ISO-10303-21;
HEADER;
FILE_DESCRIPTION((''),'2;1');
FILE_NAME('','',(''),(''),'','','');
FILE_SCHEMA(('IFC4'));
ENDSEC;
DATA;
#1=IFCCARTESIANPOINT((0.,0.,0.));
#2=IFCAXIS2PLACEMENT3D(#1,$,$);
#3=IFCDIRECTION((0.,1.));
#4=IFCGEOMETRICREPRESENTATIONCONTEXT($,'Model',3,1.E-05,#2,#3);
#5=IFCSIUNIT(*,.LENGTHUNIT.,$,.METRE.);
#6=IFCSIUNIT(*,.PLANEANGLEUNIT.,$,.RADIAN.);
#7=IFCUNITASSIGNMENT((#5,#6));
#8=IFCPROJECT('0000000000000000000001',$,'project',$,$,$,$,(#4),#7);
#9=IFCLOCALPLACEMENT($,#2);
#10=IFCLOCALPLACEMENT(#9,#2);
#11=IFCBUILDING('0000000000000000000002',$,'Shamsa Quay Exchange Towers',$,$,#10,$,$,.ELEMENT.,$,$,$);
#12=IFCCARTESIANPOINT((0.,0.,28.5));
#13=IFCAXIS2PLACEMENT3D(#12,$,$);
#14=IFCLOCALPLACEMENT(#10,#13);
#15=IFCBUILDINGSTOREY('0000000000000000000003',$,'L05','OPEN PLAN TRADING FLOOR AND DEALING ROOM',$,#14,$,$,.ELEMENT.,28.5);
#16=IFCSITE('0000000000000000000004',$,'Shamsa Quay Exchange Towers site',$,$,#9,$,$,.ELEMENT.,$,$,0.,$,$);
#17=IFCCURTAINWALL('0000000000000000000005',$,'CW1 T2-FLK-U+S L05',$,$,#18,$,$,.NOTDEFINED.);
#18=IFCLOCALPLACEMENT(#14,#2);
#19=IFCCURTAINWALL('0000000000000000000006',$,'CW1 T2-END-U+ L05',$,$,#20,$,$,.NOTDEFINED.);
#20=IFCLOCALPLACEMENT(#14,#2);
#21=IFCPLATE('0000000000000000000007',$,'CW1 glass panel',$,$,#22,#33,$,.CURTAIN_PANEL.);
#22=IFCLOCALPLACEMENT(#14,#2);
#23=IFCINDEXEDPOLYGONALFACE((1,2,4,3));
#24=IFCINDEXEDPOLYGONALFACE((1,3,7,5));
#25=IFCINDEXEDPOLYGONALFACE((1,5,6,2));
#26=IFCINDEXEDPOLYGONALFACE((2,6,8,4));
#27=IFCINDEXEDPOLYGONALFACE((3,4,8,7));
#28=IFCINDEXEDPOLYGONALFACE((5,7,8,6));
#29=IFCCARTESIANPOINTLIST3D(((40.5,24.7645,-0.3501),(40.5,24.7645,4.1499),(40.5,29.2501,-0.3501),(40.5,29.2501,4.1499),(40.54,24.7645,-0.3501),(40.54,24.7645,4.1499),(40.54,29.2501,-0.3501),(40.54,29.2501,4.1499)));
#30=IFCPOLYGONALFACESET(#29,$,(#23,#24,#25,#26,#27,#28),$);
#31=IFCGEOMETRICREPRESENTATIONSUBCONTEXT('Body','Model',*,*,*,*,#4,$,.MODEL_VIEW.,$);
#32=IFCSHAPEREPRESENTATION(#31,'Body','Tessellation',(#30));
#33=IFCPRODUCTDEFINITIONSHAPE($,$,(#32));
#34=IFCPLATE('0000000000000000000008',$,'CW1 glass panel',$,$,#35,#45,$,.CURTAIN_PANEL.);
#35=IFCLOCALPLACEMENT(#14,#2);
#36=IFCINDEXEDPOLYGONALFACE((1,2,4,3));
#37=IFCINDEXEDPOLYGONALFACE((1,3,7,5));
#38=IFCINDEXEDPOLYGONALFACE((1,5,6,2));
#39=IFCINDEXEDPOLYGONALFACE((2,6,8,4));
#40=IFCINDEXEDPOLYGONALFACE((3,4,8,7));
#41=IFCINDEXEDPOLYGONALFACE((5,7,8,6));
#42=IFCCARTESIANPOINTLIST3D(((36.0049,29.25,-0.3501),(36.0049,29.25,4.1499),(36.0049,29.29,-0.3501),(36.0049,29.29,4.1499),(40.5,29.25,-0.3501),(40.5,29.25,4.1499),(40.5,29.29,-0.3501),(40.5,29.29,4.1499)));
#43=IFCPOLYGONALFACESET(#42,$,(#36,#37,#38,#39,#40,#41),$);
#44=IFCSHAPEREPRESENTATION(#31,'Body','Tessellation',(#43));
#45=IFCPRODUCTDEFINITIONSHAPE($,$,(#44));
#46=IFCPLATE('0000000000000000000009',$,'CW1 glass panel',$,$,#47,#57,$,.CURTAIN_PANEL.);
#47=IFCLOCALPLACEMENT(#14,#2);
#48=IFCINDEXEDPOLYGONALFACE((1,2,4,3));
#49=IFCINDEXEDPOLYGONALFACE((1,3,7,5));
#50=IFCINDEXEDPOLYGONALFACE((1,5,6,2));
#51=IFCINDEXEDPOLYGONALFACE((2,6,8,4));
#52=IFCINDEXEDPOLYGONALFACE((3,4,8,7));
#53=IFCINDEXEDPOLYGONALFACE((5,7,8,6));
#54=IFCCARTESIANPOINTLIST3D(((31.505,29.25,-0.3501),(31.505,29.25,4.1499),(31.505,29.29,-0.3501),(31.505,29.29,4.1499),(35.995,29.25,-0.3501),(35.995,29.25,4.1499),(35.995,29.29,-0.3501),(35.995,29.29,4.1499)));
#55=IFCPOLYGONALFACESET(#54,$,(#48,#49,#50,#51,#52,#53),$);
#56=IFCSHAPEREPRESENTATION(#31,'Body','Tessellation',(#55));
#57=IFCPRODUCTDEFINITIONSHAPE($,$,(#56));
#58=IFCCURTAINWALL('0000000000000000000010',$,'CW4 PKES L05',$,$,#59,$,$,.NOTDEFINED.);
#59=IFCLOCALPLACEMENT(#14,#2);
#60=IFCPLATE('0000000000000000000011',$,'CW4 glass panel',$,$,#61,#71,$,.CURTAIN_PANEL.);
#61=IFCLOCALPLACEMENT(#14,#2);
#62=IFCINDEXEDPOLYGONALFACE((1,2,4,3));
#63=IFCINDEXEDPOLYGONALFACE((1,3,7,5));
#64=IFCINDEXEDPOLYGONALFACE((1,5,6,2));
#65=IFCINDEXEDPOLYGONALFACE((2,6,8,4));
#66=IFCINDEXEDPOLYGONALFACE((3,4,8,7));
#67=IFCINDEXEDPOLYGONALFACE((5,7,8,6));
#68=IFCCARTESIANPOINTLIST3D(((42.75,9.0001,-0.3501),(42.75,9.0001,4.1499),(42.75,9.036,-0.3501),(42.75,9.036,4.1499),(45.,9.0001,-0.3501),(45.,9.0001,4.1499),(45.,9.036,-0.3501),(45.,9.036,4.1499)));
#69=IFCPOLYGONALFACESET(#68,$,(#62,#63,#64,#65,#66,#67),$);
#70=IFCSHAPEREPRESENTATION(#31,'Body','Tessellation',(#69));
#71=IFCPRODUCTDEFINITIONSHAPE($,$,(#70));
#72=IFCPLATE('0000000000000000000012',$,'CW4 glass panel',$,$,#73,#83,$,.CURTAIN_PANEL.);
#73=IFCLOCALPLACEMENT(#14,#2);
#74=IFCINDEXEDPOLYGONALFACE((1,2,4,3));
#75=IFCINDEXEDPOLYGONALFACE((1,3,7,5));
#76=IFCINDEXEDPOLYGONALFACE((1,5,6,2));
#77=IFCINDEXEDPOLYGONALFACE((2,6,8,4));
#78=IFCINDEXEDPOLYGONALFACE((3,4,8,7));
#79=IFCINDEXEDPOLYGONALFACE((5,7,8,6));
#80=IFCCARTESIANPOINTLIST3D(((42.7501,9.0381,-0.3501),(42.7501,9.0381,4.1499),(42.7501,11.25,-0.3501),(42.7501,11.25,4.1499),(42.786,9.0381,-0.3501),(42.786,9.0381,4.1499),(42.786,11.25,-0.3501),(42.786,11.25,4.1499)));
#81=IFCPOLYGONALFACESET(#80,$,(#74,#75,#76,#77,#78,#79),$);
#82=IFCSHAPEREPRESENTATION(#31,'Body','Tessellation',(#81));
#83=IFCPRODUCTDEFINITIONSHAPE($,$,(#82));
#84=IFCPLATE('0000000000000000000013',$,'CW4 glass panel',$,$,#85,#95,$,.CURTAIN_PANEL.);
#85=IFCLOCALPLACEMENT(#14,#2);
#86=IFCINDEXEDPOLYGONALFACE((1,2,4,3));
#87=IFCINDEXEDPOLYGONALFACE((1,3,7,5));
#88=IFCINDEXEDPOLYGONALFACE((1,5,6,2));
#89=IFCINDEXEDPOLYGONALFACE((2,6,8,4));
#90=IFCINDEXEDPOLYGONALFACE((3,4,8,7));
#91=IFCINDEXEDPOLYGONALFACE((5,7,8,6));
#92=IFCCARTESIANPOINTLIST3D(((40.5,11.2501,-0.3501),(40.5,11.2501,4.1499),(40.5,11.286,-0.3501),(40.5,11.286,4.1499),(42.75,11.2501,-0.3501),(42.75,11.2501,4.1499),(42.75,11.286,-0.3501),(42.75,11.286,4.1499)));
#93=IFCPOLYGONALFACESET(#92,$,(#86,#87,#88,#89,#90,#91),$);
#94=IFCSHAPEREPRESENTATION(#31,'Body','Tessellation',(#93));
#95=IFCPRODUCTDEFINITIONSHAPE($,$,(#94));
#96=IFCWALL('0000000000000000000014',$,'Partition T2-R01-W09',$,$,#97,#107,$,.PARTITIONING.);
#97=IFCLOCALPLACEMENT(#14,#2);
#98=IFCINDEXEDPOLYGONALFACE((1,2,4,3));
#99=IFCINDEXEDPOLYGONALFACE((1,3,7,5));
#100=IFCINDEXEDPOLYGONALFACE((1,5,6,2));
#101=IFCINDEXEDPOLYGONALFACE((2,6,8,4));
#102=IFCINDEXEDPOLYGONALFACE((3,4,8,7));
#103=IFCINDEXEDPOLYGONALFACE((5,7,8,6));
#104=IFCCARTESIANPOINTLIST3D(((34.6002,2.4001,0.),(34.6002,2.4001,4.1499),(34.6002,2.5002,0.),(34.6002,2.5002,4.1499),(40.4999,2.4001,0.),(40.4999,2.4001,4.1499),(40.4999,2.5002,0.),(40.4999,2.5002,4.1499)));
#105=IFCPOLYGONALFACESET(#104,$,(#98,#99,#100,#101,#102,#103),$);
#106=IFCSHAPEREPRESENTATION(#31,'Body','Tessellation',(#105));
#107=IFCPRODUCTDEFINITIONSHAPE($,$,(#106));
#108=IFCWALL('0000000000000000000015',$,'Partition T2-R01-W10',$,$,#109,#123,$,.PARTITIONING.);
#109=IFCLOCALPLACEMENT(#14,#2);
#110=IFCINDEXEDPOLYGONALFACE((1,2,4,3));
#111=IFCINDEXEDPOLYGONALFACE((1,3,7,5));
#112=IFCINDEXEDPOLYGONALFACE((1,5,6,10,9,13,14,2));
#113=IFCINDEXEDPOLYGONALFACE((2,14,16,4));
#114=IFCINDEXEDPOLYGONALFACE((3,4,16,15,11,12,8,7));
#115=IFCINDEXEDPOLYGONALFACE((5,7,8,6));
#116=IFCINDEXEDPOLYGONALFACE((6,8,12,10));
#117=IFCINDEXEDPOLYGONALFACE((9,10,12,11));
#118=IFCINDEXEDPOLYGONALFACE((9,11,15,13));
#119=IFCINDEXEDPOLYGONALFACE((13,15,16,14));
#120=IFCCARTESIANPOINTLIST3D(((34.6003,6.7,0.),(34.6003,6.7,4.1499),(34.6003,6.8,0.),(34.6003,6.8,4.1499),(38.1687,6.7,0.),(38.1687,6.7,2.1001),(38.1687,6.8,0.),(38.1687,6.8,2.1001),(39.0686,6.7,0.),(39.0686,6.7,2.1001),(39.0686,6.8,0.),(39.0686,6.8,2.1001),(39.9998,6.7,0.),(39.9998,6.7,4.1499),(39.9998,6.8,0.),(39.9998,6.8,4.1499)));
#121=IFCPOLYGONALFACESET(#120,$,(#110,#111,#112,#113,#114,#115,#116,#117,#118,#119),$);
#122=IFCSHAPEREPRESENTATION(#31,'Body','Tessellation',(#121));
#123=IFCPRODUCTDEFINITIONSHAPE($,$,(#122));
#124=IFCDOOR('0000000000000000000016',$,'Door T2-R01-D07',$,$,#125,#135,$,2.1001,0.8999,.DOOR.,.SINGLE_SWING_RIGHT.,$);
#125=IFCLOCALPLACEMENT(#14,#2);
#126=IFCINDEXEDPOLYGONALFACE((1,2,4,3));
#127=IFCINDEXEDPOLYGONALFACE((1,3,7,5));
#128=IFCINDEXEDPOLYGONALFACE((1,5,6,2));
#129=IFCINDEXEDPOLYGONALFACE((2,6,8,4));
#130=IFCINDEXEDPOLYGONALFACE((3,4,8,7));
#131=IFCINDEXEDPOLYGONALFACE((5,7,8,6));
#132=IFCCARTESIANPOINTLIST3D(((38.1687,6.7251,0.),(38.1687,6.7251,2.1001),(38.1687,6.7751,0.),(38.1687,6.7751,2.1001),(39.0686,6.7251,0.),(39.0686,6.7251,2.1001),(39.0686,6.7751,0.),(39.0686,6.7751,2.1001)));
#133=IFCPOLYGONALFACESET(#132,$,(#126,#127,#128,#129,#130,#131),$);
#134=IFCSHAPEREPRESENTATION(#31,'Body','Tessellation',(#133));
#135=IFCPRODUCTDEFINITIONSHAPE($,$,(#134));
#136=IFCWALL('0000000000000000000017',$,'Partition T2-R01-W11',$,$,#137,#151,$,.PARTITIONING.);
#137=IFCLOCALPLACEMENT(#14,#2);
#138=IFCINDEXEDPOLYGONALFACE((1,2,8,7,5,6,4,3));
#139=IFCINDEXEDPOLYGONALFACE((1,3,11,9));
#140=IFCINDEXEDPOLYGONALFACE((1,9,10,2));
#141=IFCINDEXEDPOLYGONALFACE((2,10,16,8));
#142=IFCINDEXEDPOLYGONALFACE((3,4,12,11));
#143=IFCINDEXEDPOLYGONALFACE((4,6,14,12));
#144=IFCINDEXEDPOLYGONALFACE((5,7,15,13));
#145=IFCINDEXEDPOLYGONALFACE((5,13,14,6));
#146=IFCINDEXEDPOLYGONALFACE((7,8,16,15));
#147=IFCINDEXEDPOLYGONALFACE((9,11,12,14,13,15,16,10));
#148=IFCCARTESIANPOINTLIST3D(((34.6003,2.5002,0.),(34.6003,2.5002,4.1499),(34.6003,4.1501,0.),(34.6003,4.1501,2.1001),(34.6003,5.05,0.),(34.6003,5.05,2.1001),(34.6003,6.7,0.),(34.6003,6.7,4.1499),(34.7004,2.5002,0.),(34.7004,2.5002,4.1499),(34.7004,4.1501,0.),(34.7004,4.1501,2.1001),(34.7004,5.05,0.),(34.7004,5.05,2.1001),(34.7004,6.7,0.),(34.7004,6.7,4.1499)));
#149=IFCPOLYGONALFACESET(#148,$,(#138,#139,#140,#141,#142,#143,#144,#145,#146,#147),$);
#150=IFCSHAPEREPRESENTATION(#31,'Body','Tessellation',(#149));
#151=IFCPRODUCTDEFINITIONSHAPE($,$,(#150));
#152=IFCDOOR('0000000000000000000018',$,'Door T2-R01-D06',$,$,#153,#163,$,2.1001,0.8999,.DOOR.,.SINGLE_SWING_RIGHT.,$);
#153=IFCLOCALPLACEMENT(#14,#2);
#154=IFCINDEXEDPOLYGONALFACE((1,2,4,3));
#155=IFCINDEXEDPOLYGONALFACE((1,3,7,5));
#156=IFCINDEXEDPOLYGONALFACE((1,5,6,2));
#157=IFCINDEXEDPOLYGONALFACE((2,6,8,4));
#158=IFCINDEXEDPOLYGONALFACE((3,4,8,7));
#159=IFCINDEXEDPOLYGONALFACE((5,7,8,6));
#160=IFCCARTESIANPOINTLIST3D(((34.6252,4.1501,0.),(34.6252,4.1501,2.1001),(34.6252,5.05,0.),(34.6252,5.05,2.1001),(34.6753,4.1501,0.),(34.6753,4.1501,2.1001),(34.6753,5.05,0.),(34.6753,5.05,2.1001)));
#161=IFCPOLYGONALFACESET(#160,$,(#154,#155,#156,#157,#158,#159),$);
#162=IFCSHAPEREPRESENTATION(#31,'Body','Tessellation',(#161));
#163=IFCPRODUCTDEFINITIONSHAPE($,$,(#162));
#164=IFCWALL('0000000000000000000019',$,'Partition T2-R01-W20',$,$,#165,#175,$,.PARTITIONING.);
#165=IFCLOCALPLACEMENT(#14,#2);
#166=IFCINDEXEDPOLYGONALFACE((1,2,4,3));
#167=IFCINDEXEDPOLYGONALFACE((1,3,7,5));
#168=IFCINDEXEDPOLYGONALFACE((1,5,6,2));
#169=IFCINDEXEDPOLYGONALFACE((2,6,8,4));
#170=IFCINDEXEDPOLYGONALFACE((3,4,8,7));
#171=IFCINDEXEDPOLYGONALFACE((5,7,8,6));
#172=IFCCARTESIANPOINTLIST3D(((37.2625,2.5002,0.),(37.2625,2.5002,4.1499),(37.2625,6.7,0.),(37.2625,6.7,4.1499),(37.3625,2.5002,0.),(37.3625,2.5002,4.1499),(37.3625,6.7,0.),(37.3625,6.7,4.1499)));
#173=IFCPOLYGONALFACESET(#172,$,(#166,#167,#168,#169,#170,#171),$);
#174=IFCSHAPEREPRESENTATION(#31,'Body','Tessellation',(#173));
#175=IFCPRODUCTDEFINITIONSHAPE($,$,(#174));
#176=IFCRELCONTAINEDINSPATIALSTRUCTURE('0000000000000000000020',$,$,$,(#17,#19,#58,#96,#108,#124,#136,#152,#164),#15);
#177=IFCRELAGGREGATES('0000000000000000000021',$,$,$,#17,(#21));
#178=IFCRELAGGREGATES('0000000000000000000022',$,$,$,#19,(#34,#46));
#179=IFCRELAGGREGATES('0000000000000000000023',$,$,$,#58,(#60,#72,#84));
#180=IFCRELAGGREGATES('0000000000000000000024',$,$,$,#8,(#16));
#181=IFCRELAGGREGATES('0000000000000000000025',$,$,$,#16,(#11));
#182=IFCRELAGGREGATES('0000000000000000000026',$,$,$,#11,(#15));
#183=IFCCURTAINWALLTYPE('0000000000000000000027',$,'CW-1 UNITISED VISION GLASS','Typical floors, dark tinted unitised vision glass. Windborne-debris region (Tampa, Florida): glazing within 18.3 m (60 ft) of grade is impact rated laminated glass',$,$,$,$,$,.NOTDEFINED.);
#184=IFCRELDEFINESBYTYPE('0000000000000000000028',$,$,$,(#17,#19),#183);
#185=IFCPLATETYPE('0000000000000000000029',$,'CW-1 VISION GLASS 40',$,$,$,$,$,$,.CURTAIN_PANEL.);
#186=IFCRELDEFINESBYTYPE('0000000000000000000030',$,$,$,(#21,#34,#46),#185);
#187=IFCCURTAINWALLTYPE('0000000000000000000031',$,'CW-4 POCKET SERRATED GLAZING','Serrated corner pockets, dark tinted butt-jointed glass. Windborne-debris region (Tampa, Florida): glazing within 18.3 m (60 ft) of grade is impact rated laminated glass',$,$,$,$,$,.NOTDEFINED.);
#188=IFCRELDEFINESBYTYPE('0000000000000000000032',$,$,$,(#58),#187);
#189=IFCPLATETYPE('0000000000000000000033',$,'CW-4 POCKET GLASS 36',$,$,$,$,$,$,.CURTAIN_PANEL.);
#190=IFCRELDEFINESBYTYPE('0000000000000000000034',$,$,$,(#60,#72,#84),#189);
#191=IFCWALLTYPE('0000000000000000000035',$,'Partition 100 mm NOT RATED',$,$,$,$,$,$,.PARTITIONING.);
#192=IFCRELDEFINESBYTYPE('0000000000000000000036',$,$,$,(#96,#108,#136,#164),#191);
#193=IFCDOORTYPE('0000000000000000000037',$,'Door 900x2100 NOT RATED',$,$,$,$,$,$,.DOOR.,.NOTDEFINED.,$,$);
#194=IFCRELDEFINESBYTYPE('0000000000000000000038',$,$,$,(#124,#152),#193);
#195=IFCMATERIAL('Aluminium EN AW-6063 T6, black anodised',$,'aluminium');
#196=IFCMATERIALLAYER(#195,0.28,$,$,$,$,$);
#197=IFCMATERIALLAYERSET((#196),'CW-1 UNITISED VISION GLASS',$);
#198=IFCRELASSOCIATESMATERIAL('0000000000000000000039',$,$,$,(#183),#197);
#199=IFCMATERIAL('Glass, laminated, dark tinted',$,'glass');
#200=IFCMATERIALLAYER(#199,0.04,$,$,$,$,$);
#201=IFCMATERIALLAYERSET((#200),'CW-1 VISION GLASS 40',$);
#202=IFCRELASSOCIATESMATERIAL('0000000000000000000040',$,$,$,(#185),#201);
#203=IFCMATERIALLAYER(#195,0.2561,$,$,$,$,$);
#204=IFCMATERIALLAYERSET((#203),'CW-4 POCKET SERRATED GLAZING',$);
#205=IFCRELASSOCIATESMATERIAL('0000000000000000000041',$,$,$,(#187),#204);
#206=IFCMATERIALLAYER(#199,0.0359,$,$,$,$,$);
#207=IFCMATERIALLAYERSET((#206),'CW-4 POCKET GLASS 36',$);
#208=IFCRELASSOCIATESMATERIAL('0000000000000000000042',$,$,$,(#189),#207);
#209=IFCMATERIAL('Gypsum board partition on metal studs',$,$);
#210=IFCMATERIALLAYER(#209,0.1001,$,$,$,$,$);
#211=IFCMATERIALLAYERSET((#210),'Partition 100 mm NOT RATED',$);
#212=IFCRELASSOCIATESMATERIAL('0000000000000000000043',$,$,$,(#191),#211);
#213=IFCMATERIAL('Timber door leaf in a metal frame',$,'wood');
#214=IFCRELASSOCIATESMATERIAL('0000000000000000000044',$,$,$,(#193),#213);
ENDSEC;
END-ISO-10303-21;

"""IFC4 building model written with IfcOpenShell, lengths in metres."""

from ifc_helpers import new_model, si_unit, direction, frame, frame_2d, origin, origin_2d, place, context, subcontext, project, spatial, rectangle, extrude, material, layer, layer_set, type_object, element, fill, aggregate, save


model = new_model("IFC4")

# Units and contexts
model_context = context("Model", 3, precision=1e-05, world=origin(), true_north=direction((0.0, 1.0)))
body_context = subcontext(model_context, "Body", "Model", "MODEL_VIEW")
ifc_project = project(units=[si_unit("LENGTHUNIT", "METRE"), si_unit("PLANEANGLEUNIT", "RADIAN")], contexts=[model_context])

# Site, building, storey
site_placement = place(None, origin())
site = spatial("IfcSite", under=ifc_project, at=site_placement, Name="Shamsa Quay Exchange Towers site", CompositionType="ELEMENT", RefElevation=0.0)
building_placement = place(site_placement, origin())
building = spatial("IfcBuilding", under=site, at=building_placement, Name="Shamsa Quay Exchange Towers", CompositionType="ELEMENT")
storey_placement = place(building_placement, frame((0.0, 0.0, 28.5)))
storey = spatial("IfcBuildingStorey", under=building, at=storey_placement, Name="L05", Description="OPEN PLAN TRADING FLOOR AND DEALING ROOM", CompositionType="ELEMENT", Elevation=28.5)

# Curtain wall
ifc_material_1 = material(Name="Aluminium EN AW-6063 T6, black anodised", Category="aluminium")
ifc_layer_1 = layer(ifc_material_1, 0.28)
ifc_layer_set_1 = layer_set([ifc_layer_1], Name="CW-1 UNITISED VISION GLASS")
curtain_wall_type_1 = type_object("IfcCurtainWallType", Name="CW-1 UNITISED VISION GLASS", Description="Typical floors, dark tinted unitised vision glass. Windborne-debris region (Tampa, Florida): glazing within 18.3 m (60 ft) of grade is impact rated laminated glass", PredefinedType="NOTDEFINED", material=ifc_layer_set_1)
curtain_wall_1_placement = place(storey_placement, origin())
curtain_wall_1 = element("IfcCurtainWall", 1, at=curtain_wall_1_placement, inside=storey, type_object=curtain_wall_type_1, Name="CW1 T2-FLK-U+S L05", PredefinedType="NOTDEFINED")

# Curtain wall
curtain_wall_2_placement = place(storey_placement, origin())
curtain_wall_2 = element("IfcCurtainWall", 2, at=curtain_wall_2_placement, inside=storey, type_object=curtain_wall_type_1, Name="CW1 T2-END-U+ L05", PredefinedType="NOTDEFINED")

# Plates
ifc_material_2 = material(Name="Glass, laminated, dark tinted", Category="glass")
ifc_layer_2 = layer(ifc_material_2, 0.04)
ifc_layer_set_2 = layer_set([ifc_layer_2], Name="CW-1 VISION GLASS 40")
plate_type_1 = type_object("IfcPlateType", Name="CW-1 VISION GLASS 40", PredefinedType="CURTAIN_PANEL", material=ifc_layer_set_2)
plate_1_placement = place(storey_placement, frame((40.52, 27.0073, -0.3501), z_axis=(0.0, 0.0, 1.0), x_axis=(0.0, 1.0, 0.0)))
plate_1 = element("IfcPlate", 3, at=plate_1_placement, type_object=plate_type_1, Name="CW1 glass panel", PredefinedType="CURTAIN_PANEL", context=body_context, shape_type="SweptSolid", body=[
    extrude(rectangle(XDim=4.4856, YDim=0.04, at=origin_2d()), origin(), (0.0, 0.0, 1.0), 4.5),
])
aggregate(curtain_wall_1, [plate_1])
plate_2_placement = place(storey_placement, frame((38.2524, 29.27, -0.3501), z_axis=(0.0, 0.0, 1.0), x_axis=(-1.0, 0.0, 0.0)))
plate_2 = element("IfcPlate", 4, at=plate_2_placement, type_object=plate_type_1, Name="CW1 glass panel", PredefinedType="CURTAIN_PANEL", context=body_context, shape_type="SweptSolid", body=[
    extrude(rectangle(XDim=4.4951, YDim=0.04, at=origin_2d()), origin(), (0.0, 0.0, 1.0), 4.5),
])
plate_3_placement = place(storey_placement, frame((33.75, 29.27, -0.3501), z_axis=(0.0, 0.0, 1.0), x_axis=(-1.0, 0.0, 0.0)))
plate_3 = element("IfcPlate", 5, at=plate_3_placement, type_object=plate_type_1, Name="CW1 glass panel", PredefinedType="CURTAIN_PANEL", context=body_context, shape_type="SweptSolid", body=[
    extrude(rectangle(XDim=4.49, YDim=0.04, at=origin_2d()), origin(), (0.0, 0.0, 1.0), 4.5),
])
aggregate(curtain_wall_2, [plate_2, plate_3])

# Curtain wall, plates
ifc_layer_3 = layer(ifc_material_1, 0.2561)
ifc_layer_set_3 = layer_set([ifc_layer_3], Name="CW-4 POCKET SERRATED GLAZING")
curtain_wall_type_2 = type_object("IfcCurtainWallType", Name="CW-4 POCKET SERRATED GLAZING", Description="Serrated corner pockets, dark tinted butt-jointed glass. Windborne-debris region (Tampa, Florida): glazing within 18.3 m (60 ft) of grade is impact rated laminated glass", PredefinedType="NOTDEFINED", material=ifc_layer_set_3)
curtain_wall_3_placement = place(storey_placement, origin())
curtain_wall_3 = element("IfcCurtainWall", 6, at=curtain_wall_3_placement, inside=storey, type_object=curtain_wall_type_2, Name="CW4 PKES L05", PredefinedType="NOTDEFINED")
ifc_layer_4 = layer(ifc_material_2, 0.0359)
ifc_layer_set_4 = layer_set([ifc_layer_4], Name="CW-4 POCKET GLASS 36")
plate_type_2 = type_object("IfcPlateType", Name="CW-4 POCKET GLASS 36", PredefinedType="CURTAIN_PANEL", material=ifc_layer_set_4)
plate_4_placement = place(storey_placement, frame((43.875, 9.0181, -0.3501), z_axis=(0.0, 0.0, 1.0), x_axis=(-1.0, 0.0, 0.0)))
plate_4 = element("IfcPlate", 7, at=plate_4_placement, type_object=plate_type_2, Name="CW4 glass panel", PredefinedType="CURTAIN_PANEL", context=body_context, shape_type="SweptSolid", body=[
    extrude(rectangle(XDim=2.25, YDim=0.0359, at=origin_2d()), origin(), (0.0, 0.0, 1.0), 4.5),
])
plate_5_placement = place(storey_placement, frame((42.7681, 10.144, -0.3501), z_axis=(0.0, 0.0, 1.0), x_axis=(0.0, 1.0, 0.0)))
plate_5 = element("IfcPlate", 8, at=plate_5_placement, type_object=plate_type_2, Name="CW4 glass panel", PredefinedType="CURTAIN_PANEL", context=body_context, shape_type="SweptSolid", body=[
    extrude(rectangle(XDim=2.2119, YDim=0.0359, at=origin_2d()), origin(), (0.0, 0.0, 1.0), 4.5),
])
plate_6_placement = place(storey_placement, frame((41.625, 11.2681, -0.3501), z_axis=(0.0, 0.0, 1.0), x_axis=(-1.0, 0.0, 0.0)))
plate_6 = element("IfcPlate", 9, at=plate_6_placement, type_object=plate_type_2, Name="CW4 glass panel", PredefinedType="CURTAIN_PANEL", context=body_context, shape_type="SweptSolid", body=[
    extrude(rectangle(XDim=2.25, YDim=0.0359, at=origin_2d()), origin(), (0.0, 0.0, 1.0), 4.5),
])
aggregate(curtain_wall_3, [plate_4, plate_5, plate_6])

# Wall
ifc_material_3 = material(Name="Gypsum board partition on metal studs")
ifc_layer_5 = layer(ifc_material_3, 0.1001)
ifc_layer_set_5 = layer_set([ifc_layer_5], Name="Partition 100 mm NOT RATED")
wall_type_1 = type_object("IfcWallType", Name="Partition 100 mm NOT RATED", PredefinedType="PARTITIONING", material=ifc_layer_set_5)
wall_1_placement = place(storey_placement, frame((34.6003, 2.4502, 0.0)))
element("IfcWall", 10, at=wall_1_placement, inside=storey, type_object=wall_type_1, Name="Partition T2-R01-W09", PredefinedType="PARTITIONING", context=body_context, shape_type="SweptSolid", body=[
    extrude(rectangle(XDim=5.8997, YDim=0.1001, at=frame_2d((2.9497, 0.0))), origin(), (0.0, 0.0, 1.0), 4.1499),
])

# Walls, openings, doors
wall_2_placement = place(storey_placement, frame((39.9998, 6.75, 0.0), z_axis=(0.0, 0.0, 1.0), x_axis=(-1.0, 0.0, 0.0)))
wall_2 = element("IfcWall", 11, at=wall_2_placement, inside=storey, type_object=wall_type_1, Name="Partition T2-R01-W10", PredefinedType="PARTITIONING", context=body_context, shape_type="SweptSolid", body=[
    extrude(rectangle(XDim=5.3994, YDim=0.1001, at=frame_2d((2.6997, 0.0))), origin(), (0.0, 0.0, 1.0), 4.1499),
])
opening_1_placement = place(wall_2_placement, frame((0.9312, 0.0, 0.0)))
opening_1 = element("IfcOpeningElement", 12, at=opening_1_placement, cuts=wall_2, PredefinedType="OPENING", context=body_context, shape_type="SweptSolid", body=[
    extrude(rectangle(XDim=0.8999, YDim=2.1001, at=frame_2d((0.45, 1.05))), frame((0.0, 0.0601, 0.0), z_axis=(0.0, -1.0, 0.0), x_axis=(1.0, 0.0, 0.0)), (0.0, 0.0, 1.0), 0.1201),
])
ifc_material_4 = material(Name="Timber door leaf in a metal frame", Category="wood")
door_type_1 = type_object("IfcDoorType", Name="Door 900x2100 NOT RATED", OperationType="NOTDEFINED", PredefinedType="DOOR", material=ifc_material_4)
door_1_placement = place(opening_1_placement, origin())
door_1 = element("IfcDoor", 13, at=door_1_placement, inside=storey, type_object=door_type_1, Name="Door T2-R01-D07", OperationType="SINGLE_SWING_RIGHT", OverallHeight=2.1001, OverallWidth=0.8999, PredefinedType="DOOR", context=body_context, shape_type="SweptSolid", body=[
    extrude(rectangle(XDim=0.8999, YDim=2.1001, at=frame_2d((0.45, 1.05))), frame((0.0, 0.0249, 0.0), z_axis=(0.0, -1.0, 0.0), x_axis=(1.0, 0.0, 0.0)), (0.0, 0.0, 1.0), 0.05),
])
fill(opening_1, door_1)
wall_3_placement = place(storey_placement, frame((34.6504, 6.7, 0.0), z_axis=(0.0, 0.0, 1.0), x_axis=(0.0, -1.0, 0.0)))
wall_3 = element("IfcWall", 14, at=wall_3_placement, inside=storey, type_object=wall_type_1, Name="Partition T2-R01-W11", PredefinedType="PARTITIONING", context=body_context, shape_type="SweptSolid", body=[
    extrude(rectangle(XDim=4.1997, YDim=0.1001, at=frame_2d((2.0999, 0.0))), origin(), (0.0, 0.0, 1.0), 4.1499),
])
opening_2_placement = place(wall_3_placement, frame((1.6499, 0.0, 0.0)))
opening_2 = element("IfcOpeningElement", 15, at=opening_2_placement, cuts=wall_3, PredefinedType="OPENING", context=body_context, shape_type="SweptSolid", body=[
    extrude(rectangle(XDim=0.8999, YDim=2.1001, at=frame_2d((0.45, 1.05))), frame((0.0, 0.0601, 0.0), z_axis=(0.0, -1.0, 0.0), x_axis=(1.0, 0.0, 0.0)), (0.0, 0.0, 1.0), 0.1201),
])
door_2_placement = place(opening_2_placement, origin())
door_2 = element("IfcDoor", 16, at=door_2_placement, inside=storey, type_object=door_type_1, Name="Door T2-R01-D06", OperationType="SINGLE_SWING_RIGHT", OverallHeight=2.1001, OverallWidth=0.8999, PredefinedType="DOOR", context=body_context, shape_type="SweptSolid", body=[
    extrude(rectangle(XDim=0.8999, YDim=2.1001, at=frame_2d((0.45, 1.05))), frame((0.0, 0.0249, 0.0), z_axis=(0.0, -1.0, 0.0), x_axis=(1.0, 0.0, 0.0)), (0.0, 0.0, 1.0), 0.05),
])
fill(opening_2, door_2)

# Wall
wall_4_placement = place(storey_placement, frame((37.3125, 6.7, 0.0), z_axis=(0.0, 0.0, 1.0), x_axis=(0.0, -1.0, 0.0)))
element("IfcWall", 17, at=wall_4_placement, inside=storey, type_object=wall_type_1, Name="Partition T2-R01-W20", PredefinedType="PARTITIONING", context=body_context, shape_type="SweptSolid", body=[
    extrude(rectangle(XDim=4.1997, YDim=0.1001, at=frame_2d((2.0999, 0.0))), origin(), (0.0, 0.0, 1.0), 4.1499),
])

save(model, "model.ifc")
